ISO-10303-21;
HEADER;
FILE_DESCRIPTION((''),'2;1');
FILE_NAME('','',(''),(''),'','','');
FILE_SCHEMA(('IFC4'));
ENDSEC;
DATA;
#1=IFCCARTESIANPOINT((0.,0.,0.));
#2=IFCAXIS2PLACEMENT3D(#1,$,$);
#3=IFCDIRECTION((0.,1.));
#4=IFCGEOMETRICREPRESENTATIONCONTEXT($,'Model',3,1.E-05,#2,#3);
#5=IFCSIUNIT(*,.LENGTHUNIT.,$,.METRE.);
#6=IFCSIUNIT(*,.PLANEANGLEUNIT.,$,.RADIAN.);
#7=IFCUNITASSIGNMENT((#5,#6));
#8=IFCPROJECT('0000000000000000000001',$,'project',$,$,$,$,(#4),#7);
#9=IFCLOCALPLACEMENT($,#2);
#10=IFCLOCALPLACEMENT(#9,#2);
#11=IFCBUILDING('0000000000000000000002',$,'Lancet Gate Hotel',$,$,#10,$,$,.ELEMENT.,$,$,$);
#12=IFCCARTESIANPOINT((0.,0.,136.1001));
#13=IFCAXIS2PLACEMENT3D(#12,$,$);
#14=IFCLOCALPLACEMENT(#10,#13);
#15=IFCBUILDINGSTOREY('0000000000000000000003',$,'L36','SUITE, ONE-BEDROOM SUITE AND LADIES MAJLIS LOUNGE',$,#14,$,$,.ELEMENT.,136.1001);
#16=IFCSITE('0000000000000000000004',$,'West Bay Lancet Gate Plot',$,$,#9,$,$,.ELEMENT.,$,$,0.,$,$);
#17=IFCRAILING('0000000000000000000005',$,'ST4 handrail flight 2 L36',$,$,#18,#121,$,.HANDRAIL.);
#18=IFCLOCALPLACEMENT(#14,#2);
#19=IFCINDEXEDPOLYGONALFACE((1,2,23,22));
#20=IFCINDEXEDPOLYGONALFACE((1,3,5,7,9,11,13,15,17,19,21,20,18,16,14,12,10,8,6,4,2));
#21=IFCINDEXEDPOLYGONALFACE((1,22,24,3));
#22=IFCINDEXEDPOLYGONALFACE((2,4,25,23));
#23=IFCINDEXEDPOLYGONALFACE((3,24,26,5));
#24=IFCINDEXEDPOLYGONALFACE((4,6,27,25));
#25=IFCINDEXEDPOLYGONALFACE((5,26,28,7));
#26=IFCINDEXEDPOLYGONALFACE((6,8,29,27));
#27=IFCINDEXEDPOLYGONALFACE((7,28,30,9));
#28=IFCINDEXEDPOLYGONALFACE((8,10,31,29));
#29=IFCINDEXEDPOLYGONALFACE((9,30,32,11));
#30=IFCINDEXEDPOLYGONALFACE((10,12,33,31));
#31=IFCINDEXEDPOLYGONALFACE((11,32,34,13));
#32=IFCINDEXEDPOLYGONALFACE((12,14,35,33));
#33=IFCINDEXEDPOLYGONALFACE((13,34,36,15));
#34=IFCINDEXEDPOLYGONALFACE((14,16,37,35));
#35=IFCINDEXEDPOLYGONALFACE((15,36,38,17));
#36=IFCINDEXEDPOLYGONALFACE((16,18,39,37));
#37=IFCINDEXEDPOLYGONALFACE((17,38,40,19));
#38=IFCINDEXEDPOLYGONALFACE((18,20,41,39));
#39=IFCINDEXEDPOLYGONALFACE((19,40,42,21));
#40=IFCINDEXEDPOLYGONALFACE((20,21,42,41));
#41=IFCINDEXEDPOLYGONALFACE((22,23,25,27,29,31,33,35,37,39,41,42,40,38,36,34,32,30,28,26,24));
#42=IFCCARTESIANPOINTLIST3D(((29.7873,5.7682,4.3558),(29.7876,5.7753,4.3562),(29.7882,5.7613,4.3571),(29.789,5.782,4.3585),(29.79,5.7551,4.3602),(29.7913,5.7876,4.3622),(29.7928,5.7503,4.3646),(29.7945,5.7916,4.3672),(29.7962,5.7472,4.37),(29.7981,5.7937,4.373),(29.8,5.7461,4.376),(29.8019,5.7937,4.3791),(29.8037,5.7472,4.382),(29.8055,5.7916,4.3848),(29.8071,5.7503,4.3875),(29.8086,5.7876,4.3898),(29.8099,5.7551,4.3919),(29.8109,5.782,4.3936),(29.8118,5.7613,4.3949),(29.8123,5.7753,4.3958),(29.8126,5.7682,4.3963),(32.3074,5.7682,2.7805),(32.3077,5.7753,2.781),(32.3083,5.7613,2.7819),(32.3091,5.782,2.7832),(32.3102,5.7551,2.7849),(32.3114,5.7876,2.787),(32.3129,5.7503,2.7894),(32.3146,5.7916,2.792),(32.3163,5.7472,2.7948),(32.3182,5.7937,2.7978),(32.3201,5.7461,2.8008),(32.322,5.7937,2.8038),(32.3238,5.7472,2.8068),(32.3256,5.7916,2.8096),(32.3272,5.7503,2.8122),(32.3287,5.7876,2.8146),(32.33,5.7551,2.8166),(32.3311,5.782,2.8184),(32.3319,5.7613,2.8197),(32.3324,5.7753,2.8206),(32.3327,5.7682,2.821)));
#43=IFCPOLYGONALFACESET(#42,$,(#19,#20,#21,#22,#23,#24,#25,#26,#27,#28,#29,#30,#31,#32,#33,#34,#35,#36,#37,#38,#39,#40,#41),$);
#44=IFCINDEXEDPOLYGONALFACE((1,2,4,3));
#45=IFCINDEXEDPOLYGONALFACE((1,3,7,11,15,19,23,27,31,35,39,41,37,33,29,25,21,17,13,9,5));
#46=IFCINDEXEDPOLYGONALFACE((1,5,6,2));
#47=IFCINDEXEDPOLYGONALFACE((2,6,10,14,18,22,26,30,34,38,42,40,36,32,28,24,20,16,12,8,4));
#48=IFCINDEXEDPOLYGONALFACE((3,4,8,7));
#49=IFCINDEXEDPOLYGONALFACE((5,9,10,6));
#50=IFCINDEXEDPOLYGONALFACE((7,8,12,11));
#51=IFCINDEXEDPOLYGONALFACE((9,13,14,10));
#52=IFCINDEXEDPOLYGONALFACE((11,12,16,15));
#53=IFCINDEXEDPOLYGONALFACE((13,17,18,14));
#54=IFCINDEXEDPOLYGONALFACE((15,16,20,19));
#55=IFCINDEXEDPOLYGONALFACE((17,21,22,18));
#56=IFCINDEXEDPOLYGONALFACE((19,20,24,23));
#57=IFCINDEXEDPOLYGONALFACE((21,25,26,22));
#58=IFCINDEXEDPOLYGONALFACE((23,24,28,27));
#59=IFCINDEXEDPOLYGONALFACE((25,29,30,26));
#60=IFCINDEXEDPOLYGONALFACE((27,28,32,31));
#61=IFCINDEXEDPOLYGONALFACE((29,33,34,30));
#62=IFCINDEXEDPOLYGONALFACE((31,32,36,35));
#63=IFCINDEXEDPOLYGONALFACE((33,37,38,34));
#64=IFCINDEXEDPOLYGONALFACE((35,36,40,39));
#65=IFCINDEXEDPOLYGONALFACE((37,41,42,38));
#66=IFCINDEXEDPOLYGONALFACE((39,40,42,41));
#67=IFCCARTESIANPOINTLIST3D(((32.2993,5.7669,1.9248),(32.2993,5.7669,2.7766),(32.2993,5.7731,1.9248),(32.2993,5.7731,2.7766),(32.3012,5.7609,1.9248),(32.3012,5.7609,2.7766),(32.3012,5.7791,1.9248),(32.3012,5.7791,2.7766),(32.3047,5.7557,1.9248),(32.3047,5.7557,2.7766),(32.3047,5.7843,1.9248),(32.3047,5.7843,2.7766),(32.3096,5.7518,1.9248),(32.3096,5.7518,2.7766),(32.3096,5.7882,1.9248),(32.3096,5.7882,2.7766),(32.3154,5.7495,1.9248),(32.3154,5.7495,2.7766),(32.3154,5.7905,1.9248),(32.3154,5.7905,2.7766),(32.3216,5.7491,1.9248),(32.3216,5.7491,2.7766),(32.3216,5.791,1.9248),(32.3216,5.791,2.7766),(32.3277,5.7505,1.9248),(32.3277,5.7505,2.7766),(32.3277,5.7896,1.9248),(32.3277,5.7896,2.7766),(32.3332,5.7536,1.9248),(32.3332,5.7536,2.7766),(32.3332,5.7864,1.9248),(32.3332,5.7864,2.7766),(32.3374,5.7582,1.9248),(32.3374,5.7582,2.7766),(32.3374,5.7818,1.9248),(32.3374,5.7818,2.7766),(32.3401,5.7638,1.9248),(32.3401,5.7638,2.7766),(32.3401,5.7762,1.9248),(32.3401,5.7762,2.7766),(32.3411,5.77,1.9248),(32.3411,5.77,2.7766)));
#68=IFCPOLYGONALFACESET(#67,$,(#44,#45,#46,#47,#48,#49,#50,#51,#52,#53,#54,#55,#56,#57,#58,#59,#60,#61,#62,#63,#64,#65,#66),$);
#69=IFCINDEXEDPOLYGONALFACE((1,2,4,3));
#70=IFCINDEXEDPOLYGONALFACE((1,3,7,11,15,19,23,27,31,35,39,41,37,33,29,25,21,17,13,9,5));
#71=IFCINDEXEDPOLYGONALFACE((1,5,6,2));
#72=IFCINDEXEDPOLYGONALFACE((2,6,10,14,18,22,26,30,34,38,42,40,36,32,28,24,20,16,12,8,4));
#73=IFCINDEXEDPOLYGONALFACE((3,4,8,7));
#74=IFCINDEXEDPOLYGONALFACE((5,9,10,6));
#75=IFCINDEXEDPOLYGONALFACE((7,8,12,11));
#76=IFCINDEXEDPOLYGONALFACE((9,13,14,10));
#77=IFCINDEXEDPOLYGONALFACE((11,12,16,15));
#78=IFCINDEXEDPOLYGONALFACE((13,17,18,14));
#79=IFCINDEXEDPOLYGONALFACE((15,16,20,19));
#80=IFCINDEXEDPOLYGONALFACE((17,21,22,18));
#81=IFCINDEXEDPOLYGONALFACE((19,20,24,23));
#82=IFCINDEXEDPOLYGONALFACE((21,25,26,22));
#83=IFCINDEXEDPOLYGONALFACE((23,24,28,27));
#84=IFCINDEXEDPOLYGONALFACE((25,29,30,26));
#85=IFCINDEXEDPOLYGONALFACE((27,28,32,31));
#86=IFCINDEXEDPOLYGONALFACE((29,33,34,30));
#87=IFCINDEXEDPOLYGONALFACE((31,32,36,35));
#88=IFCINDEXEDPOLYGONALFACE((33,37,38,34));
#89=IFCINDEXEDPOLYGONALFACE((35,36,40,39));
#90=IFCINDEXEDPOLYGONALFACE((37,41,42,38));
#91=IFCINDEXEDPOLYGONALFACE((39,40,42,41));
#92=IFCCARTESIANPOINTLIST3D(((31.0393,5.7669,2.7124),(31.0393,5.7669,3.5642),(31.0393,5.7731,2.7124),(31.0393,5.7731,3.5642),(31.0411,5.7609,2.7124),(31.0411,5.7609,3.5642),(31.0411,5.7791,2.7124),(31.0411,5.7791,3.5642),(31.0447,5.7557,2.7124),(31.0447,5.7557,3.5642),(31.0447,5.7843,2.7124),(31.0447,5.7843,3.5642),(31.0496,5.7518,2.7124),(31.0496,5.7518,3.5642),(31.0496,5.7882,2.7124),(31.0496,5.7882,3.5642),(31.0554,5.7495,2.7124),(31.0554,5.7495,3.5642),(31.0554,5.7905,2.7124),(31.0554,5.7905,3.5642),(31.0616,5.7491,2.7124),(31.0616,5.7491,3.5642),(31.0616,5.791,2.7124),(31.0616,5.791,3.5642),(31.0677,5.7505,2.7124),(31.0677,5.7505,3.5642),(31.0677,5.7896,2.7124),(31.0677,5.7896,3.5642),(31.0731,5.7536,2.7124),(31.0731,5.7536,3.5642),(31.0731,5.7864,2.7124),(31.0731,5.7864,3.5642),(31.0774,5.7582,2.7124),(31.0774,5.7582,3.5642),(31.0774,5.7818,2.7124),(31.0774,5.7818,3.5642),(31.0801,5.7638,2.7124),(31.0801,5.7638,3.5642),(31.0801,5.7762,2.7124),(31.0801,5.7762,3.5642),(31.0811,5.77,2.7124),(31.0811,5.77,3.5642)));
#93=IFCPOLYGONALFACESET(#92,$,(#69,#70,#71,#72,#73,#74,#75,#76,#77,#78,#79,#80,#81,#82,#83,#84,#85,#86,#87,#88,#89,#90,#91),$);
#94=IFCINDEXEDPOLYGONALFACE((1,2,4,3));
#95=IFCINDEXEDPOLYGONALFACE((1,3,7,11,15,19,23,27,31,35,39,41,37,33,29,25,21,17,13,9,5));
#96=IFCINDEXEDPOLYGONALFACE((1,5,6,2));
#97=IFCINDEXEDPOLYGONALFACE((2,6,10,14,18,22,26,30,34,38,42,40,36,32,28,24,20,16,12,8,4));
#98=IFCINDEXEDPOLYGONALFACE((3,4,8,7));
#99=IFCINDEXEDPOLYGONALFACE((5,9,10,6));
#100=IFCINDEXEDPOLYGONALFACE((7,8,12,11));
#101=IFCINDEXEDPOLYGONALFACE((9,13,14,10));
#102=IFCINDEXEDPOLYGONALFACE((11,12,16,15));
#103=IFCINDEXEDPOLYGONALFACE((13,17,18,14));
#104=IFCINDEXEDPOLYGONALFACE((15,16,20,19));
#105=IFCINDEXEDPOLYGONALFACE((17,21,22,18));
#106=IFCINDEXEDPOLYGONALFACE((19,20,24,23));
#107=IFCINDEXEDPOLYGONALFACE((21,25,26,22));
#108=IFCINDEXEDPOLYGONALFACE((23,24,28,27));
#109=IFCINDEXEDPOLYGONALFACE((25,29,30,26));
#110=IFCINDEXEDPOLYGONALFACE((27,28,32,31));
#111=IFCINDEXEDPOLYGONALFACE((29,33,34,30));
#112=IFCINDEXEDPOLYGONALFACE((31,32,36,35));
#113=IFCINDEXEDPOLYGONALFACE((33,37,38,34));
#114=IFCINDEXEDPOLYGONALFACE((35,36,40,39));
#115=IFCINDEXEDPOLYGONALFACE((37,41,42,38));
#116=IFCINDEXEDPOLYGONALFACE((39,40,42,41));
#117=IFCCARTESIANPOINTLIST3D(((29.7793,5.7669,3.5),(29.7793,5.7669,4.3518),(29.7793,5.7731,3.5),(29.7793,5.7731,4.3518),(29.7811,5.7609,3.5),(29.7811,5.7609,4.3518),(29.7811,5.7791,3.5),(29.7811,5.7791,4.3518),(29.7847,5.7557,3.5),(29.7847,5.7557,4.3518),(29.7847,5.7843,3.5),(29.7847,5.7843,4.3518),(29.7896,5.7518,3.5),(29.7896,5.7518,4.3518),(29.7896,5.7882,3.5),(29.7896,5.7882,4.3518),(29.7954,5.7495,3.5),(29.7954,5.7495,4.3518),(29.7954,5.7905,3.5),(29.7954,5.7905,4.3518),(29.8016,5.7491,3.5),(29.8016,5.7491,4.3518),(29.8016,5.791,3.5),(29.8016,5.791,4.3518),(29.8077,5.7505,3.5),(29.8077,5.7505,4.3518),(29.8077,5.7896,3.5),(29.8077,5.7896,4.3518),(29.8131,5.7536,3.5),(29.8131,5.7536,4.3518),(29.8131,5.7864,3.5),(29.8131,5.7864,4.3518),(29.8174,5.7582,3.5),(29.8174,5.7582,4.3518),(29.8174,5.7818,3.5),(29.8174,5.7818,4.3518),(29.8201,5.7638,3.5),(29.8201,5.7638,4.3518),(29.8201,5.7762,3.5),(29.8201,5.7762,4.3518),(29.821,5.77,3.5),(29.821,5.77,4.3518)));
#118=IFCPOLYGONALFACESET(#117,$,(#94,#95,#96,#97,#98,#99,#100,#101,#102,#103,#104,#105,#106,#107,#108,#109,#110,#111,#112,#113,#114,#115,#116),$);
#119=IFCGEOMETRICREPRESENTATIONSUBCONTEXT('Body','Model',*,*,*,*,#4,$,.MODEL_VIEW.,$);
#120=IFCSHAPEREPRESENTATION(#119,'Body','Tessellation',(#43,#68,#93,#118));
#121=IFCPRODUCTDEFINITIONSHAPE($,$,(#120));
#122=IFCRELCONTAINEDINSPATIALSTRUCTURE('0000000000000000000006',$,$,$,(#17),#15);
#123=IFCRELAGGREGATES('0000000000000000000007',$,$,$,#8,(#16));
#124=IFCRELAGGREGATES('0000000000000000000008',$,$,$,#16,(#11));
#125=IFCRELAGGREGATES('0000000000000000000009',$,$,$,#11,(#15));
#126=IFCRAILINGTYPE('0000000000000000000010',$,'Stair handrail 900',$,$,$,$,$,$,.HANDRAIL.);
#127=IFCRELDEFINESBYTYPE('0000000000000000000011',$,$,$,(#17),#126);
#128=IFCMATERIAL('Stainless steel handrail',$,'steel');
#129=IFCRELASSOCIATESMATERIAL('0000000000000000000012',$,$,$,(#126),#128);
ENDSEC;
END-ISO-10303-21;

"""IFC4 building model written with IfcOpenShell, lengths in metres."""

from ifc_helpers import new_model, si_unit, direction, frame, origin, origin_2d, place, context, subcontext, project, spatial, circle, extrude, material, type_object, element, save


model = new_model("IFC4")

# Units and contexts
model_context = context("Model", 3, precision=1e-05, world=origin(), true_north=direction((0.0, 1.0)))
body_context = subcontext(model_context, "Body", "Model", "MODEL_VIEW")
ifc_project = project(units=[si_unit("LENGTHUNIT", "METRE"), si_unit("PLANEANGLEUNIT", "RADIAN")], contexts=[model_context])

# Site, building, storey
site_placement = place(None, origin())
site = spatial("IfcSite", under=ifc_project, at=site_placement, Name="West Bay Lancet Gate Plot", CompositionType="ELEMENT", RefElevation=0.0)
building_placement = place(site_placement, origin())
building = spatial("IfcBuilding", under=site, at=building_placement, Name="Lancet Gate Hotel", CompositionType="ELEMENT")
storey_placement = place(building_placement, frame((0.0, 0.0, 136.1001)))
storey = spatial("IfcBuildingStorey", under=building, at=storey_placement, Name="L36", Description="SUITE, ONE-BEDROOM SUITE AND LADIES MAJLIS LOUNGE", CompositionType="ELEMENT", Elevation=136.1001)

# Railing
ifc_material_1 = material(Name="Stainless steel handrail", Category="steel")
railing_type = type_object("IfcRailingType", Name="Stair handrail 900", PredefinedType="HANDRAIL", material=ifc_material_1)
railing_1_placement = place(storey_placement, frame((32.3201, 5.77, 1.9248)))
element("IfcRailing", 1, at=railing_1_placement, inside=storey, type_object=railing_type, Name="ST4 handrail flight 2 L36", PredefinedType="HANDRAIL", context=body_context, shape_type="SweptSolid", body=[
    extrude(circle(Radius=0.0239, at=origin_2d()), frame((0.0, 0.0, 0.876), z_axis=(-0.847971, 0.0, 0.530043), x_axis=(0.0, -1.0, 0.0)), (0.0, 0.0, 1.0), 2.9719),
    extrude(circle(Radius=0.021, at=origin_2d()), origin(), (0.0, 0.0, 1.0), 0.8518),
    extrude(circle(Radius=0.021, at=origin_2d()), frame((-1.26, 0.0, 0.7876)), (0.0, 0.0, 1.0), 0.8518),
    extrude(circle(Radius=0.021, at=origin_2d()), frame((-2.52, 0.0, 1.5752)), (0.0, 0.0, 1.0), 0.8518),
])

save(model, "model.ifc")
